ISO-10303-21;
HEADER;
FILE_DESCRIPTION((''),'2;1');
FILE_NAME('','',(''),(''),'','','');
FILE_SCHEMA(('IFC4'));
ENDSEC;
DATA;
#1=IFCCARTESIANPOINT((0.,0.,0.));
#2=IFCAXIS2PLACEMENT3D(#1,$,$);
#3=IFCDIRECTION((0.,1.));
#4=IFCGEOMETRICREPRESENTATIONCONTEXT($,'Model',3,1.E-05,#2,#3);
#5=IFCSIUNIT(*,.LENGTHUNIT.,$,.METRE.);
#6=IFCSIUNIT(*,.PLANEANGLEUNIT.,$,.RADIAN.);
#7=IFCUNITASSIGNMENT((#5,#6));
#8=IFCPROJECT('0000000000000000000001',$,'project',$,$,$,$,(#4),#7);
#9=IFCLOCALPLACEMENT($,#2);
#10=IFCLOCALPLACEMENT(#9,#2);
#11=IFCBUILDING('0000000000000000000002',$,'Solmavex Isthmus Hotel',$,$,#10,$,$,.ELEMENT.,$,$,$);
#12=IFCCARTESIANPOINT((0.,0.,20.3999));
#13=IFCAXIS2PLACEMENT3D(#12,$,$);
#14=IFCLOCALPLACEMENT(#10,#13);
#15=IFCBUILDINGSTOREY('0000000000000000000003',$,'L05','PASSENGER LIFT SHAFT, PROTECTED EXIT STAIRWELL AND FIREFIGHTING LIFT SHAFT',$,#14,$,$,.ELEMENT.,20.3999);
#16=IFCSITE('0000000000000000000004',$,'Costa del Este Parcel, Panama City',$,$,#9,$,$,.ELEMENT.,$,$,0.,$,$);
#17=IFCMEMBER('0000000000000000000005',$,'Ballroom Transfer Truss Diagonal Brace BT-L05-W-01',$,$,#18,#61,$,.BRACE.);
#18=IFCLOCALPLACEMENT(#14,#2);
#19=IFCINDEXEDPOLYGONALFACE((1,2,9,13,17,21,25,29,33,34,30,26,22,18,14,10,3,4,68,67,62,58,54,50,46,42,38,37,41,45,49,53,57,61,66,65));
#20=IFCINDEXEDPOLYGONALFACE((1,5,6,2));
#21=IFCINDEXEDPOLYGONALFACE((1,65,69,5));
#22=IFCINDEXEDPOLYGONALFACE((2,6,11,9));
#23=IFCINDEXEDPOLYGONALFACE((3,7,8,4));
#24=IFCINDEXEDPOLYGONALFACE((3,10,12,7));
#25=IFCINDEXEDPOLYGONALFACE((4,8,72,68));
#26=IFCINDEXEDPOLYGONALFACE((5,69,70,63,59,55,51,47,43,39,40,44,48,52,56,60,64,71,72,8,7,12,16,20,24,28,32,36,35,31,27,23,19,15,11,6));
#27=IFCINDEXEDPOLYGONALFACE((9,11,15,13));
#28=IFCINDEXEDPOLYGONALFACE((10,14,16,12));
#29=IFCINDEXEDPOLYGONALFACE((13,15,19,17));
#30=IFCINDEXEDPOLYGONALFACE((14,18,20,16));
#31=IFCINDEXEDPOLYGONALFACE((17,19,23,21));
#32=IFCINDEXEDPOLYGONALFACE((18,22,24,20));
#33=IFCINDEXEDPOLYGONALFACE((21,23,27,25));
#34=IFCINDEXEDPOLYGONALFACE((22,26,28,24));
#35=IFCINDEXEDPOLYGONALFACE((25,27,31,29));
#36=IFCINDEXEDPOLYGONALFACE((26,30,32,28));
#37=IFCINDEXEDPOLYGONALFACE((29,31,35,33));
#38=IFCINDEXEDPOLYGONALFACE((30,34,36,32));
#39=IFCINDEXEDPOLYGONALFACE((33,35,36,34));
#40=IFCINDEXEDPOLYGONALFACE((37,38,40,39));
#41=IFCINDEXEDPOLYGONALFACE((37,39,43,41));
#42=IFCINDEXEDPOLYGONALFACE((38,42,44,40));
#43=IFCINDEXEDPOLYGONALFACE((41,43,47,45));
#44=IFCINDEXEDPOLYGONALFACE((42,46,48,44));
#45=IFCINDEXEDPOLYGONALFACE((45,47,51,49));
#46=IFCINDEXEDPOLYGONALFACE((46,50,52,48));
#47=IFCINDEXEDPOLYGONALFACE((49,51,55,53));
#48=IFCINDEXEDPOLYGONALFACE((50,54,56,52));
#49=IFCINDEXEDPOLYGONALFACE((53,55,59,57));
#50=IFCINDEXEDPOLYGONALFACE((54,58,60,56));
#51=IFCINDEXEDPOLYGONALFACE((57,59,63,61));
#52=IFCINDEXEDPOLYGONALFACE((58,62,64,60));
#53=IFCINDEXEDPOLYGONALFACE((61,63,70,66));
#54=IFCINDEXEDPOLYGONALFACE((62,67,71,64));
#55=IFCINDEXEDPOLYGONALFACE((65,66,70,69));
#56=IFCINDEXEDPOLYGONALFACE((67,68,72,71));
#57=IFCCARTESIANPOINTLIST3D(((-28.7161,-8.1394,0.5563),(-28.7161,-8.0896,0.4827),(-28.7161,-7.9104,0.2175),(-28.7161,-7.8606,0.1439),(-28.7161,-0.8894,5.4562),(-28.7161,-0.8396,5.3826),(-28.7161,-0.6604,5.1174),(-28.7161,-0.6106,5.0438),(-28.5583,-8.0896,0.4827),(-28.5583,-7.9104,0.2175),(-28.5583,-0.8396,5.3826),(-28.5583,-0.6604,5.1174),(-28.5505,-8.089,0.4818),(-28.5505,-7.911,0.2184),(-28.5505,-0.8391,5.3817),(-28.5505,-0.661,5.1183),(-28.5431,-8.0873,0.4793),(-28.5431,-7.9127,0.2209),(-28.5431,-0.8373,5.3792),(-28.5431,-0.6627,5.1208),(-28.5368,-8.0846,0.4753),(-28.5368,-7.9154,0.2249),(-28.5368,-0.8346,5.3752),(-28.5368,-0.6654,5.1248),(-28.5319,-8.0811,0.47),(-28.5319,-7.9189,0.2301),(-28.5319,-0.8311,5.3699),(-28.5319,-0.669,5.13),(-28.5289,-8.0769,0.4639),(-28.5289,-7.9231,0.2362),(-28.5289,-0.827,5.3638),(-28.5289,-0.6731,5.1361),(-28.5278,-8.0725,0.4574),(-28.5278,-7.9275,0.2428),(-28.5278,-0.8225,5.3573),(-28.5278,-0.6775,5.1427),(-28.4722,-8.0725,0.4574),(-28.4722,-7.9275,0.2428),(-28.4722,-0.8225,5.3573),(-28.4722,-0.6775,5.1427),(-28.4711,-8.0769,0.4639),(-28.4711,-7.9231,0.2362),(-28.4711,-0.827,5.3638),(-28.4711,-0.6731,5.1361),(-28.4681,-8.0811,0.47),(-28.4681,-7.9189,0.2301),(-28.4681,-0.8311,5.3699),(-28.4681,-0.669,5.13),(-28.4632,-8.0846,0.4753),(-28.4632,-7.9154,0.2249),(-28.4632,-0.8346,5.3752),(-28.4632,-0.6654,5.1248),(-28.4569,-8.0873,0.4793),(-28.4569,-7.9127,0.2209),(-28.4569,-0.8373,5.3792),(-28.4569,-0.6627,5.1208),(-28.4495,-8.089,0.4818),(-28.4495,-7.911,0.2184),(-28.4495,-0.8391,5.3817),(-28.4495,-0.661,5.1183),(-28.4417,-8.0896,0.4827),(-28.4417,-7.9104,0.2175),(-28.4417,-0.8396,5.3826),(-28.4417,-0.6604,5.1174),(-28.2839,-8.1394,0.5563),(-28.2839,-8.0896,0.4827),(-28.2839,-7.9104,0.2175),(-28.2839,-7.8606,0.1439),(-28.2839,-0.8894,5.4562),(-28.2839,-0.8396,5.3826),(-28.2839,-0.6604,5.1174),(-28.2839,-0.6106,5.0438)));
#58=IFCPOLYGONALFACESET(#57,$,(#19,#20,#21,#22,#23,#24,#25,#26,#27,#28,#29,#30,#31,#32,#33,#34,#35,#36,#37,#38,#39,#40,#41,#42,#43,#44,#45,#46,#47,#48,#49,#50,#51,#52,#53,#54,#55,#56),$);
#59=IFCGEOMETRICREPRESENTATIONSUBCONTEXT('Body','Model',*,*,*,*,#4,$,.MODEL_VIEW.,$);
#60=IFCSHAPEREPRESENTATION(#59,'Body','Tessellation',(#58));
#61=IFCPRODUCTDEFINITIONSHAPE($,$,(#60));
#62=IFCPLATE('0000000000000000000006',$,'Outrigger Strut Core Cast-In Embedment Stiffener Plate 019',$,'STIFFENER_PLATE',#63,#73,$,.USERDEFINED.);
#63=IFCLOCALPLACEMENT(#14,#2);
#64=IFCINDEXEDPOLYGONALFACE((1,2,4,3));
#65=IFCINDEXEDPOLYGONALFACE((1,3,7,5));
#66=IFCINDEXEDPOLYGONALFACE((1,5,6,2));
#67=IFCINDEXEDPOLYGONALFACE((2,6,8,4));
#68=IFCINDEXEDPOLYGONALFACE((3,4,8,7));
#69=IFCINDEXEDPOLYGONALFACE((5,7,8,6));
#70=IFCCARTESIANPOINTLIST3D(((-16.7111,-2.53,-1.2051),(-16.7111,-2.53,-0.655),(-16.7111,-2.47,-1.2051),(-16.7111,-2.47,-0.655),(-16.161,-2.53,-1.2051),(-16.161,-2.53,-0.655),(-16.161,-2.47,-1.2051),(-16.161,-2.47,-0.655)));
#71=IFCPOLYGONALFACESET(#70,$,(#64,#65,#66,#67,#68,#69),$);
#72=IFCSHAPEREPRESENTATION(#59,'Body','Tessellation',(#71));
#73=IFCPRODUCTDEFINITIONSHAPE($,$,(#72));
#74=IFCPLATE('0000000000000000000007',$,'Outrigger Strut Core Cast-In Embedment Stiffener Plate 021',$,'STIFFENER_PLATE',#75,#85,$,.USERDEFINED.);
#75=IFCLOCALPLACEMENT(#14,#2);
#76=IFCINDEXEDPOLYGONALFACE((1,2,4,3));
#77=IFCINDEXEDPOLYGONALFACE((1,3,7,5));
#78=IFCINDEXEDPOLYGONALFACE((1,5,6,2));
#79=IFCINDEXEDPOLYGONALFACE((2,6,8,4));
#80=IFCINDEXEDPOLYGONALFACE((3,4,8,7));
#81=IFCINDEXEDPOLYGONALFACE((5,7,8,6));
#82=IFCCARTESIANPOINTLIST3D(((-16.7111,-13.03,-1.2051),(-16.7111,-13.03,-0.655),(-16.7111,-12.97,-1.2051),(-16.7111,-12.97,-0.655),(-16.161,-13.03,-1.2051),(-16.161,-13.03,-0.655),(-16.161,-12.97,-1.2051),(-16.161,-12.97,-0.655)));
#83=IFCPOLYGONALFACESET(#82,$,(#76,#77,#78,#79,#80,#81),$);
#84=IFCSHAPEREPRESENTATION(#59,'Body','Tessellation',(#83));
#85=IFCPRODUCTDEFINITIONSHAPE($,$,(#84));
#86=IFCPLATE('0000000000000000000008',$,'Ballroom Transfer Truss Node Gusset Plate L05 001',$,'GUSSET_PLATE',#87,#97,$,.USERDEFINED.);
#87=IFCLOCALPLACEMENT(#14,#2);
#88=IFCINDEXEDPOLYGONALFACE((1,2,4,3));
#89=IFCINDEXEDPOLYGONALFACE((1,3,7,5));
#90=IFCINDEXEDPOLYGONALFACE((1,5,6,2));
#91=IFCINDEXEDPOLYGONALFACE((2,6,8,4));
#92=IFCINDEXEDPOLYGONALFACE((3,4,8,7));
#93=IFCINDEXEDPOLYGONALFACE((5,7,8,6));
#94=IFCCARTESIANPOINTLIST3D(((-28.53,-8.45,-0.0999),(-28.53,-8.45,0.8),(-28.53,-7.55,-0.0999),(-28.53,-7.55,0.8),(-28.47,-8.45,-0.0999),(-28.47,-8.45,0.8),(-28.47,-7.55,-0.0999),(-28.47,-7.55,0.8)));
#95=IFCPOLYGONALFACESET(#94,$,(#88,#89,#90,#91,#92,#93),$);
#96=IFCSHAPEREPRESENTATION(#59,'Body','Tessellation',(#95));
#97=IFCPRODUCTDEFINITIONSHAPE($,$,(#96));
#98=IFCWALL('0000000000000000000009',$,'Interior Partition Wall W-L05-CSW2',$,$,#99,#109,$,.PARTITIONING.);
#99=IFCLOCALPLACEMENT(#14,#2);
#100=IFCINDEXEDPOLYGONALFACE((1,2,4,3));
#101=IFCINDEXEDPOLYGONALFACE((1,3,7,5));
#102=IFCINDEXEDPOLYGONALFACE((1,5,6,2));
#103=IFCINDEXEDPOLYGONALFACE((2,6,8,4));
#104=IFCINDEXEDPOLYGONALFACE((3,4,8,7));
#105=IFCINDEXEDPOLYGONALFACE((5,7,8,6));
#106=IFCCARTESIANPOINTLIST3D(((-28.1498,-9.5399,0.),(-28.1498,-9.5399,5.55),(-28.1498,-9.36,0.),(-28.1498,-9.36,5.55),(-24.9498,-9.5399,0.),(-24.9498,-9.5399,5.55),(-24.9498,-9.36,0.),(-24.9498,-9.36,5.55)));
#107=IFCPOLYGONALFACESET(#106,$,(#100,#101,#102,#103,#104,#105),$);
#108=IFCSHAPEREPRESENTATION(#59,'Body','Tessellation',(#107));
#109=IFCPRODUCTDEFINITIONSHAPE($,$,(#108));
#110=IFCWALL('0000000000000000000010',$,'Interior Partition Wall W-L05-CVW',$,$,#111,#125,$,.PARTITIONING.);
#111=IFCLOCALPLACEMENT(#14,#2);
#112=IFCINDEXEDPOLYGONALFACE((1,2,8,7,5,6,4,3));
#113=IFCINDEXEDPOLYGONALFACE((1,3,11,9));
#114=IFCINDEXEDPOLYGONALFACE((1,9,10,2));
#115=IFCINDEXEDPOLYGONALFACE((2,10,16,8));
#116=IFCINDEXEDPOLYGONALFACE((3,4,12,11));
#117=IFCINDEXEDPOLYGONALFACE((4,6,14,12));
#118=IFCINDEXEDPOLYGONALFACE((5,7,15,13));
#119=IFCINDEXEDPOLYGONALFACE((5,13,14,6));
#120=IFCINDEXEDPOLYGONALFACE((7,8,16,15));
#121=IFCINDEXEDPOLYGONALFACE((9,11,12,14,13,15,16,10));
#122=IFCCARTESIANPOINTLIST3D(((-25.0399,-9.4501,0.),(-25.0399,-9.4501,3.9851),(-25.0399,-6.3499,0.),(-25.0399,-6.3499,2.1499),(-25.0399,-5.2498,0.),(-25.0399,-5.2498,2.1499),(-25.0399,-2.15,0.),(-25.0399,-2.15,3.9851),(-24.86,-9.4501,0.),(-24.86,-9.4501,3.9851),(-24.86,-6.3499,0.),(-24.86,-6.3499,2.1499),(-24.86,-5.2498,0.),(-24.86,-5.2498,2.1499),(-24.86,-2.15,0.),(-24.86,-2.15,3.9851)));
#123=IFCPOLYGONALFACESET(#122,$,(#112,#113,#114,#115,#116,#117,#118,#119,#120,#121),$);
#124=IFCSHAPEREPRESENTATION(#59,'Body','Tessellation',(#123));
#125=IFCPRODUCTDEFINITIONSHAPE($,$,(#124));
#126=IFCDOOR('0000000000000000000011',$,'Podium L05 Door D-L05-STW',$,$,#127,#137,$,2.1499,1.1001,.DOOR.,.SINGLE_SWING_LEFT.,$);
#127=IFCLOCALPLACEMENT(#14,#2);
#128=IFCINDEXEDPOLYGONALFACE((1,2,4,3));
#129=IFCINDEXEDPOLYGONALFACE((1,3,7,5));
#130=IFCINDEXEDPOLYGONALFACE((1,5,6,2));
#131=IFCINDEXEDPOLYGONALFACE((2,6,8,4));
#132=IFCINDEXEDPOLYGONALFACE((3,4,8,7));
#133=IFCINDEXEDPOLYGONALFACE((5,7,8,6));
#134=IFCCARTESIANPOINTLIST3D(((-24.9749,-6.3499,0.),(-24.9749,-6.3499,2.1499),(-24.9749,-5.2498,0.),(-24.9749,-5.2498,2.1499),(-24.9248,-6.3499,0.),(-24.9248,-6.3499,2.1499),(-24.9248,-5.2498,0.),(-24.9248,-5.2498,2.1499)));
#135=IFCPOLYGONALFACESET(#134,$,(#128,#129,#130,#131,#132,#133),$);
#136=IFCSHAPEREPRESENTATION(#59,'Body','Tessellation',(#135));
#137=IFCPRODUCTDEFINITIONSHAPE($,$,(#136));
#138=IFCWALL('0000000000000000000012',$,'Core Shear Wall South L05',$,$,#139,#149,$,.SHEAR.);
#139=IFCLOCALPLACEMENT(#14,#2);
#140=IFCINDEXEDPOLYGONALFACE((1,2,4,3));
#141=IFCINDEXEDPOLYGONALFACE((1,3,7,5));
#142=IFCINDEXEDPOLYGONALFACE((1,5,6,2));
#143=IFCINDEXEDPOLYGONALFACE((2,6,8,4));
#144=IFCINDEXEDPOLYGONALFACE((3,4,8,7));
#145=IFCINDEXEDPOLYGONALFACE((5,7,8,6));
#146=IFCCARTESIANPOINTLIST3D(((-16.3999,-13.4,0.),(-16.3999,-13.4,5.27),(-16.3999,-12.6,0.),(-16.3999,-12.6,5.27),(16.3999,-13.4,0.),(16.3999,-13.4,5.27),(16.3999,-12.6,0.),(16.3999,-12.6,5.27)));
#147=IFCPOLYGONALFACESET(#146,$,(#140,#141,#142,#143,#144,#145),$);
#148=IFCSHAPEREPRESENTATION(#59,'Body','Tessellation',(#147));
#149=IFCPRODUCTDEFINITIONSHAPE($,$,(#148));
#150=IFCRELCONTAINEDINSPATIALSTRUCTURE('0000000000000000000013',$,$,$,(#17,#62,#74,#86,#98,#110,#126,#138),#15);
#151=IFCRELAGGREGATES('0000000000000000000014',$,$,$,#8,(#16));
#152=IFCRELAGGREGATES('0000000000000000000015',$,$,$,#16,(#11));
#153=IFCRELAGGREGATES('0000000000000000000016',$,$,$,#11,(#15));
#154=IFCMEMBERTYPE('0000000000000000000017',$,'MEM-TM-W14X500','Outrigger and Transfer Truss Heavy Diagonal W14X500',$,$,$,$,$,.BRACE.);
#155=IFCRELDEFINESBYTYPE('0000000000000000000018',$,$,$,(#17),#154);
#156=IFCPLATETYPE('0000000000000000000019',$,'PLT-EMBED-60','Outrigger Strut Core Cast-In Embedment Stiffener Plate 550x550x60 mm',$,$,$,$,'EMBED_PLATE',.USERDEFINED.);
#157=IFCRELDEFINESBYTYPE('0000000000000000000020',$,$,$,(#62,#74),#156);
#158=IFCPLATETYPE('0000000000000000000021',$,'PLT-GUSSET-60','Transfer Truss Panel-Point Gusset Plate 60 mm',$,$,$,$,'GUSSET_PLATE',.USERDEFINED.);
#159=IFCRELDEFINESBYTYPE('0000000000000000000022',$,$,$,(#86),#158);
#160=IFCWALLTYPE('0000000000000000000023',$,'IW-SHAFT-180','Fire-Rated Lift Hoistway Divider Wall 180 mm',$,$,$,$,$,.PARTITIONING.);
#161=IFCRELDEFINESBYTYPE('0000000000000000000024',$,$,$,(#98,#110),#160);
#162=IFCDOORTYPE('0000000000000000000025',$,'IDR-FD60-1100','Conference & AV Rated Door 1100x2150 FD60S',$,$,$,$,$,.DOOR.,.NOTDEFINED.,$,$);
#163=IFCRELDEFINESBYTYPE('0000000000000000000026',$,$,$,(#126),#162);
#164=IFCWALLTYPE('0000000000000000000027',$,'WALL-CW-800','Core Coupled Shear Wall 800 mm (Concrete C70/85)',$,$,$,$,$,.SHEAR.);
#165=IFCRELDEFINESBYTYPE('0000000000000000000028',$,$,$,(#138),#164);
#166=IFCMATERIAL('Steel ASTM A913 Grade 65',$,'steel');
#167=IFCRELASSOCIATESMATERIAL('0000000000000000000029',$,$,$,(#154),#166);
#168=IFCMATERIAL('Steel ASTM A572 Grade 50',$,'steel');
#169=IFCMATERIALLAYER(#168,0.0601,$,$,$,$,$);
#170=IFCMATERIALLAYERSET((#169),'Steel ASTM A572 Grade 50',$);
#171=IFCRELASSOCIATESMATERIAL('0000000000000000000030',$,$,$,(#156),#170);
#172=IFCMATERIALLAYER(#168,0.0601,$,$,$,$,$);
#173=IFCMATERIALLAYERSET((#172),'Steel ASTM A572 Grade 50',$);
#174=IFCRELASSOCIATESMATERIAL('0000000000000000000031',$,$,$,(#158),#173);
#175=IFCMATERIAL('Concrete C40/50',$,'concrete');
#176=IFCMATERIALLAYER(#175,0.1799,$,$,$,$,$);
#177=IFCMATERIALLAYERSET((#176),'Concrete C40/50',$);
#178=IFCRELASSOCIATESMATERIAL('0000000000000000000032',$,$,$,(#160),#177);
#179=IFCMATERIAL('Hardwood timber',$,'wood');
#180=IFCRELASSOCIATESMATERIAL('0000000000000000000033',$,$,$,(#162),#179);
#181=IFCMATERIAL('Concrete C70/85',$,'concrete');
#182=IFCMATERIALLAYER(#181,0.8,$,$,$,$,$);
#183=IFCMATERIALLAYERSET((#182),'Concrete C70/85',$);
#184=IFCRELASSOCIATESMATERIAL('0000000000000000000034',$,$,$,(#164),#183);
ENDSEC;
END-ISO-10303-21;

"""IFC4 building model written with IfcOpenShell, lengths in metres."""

from ifc_helpers import new_model, si_unit, direction, frame, frame_2d, origin, origin_2d, place, context, subcontext, project, spatial, rectangle, i_section, extrude, material, layer, layer_set, material_profile, profile_set, type_object, element, fill, save


model = new_model("IFC4")

# Units and contexts
model_context = context("Model", 3, precision=1e-05, world=origin(), true_north=direction((0.0, 1.0)))
body_context = subcontext(model_context, "Body", "Model", "MODEL_VIEW")
ifc_project = project(units=[si_unit("LENGTHUNIT", "METRE"), si_unit("PLANEANGLEUNIT", "RADIAN")], contexts=[model_context])

# Site, building, storey
site_placement = place(None, origin())
site = spatial("IfcSite", under=ifc_project, at=site_placement, Name="Costa del Este Parcel, Panama City", CompositionType="ELEMENT", RefElevation=0.0)
building_placement = place(site_placement, origin())
building = spatial("IfcBuilding", under=site, at=building_placement, Name="Solmavex Isthmus Hotel", CompositionType="ELEMENT")
storey_placement = place(building_placement, frame((0.0, 0.0, 20.3999)))
storey = spatial("IfcBuildingStorey", under=building, at=storey_placement, Name="L05", Description="PASSENGER LIFT SHAFT, PROTECTED EXIT STAIRWELL AND FIREFIGHTING LIFT SHAFT", CompositionType="ELEMENT", Elevation=20.3999)

# Shared definitions
ifc_material_1 = material(Name="Concrete C70/85", Category="concrete")

# Member
ifc_material_2 = material(Name="Steel ASTM A913 Grade 65", Category="steel")
ifc_material_profile_1 = material_profile(ifc_material_2, i_section(OverallWidth=0.4321, OverallDepth=0.4978, WebThickness=0.0557, FlangeThickness=0.0889, FilletRadius=0.0305, at=origin_2d()), Name="W14X500")
ifc_profile_set_1 = profile_set([ifc_material_profile_1], Name="Steel ASTM A913 Grade 65")
member_type_1 = type_object("IfcMemberType", Name="MEM-TM-W14X500", Description="Outrigger and Transfer Truss Heavy Diagonal W14X500", PredefinedType="BRACE", material=ifc_profile_set_1)
member_1_placement = place(storey_placement, frame((-28.5, -8.0, 0.3501), z_axis=(0.0, 0.828523, 0.559956), x_axis=(-1.0, 0.0, 0.0)))
element("IfcMember", 1, at=member_1_placement, inside=storey, type_object=member_type_1, Name="Ballroom Transfer Truss Diagonal Brace BT-L05-W-01", PredefinedType="BRACE", context=body_context, shape_type="SweptSolid", body=[
    extrude(i_section(OverallWidth=0.4321, OverallDepth=0.4978, WebThickness=0.0557, FlangeThickness=0.0889, FilletRadius=0.0305, at=origin_2d()), origin(), (0.0, 0.0, 1.0), 8.7505),
])

# Plates
ifc_material_3 = material(Name="Steel ASTM A572 Grade 50", Category="steel")
ifc_layer_1 = layer(ifc_material_3, 0.0601)
ifc_layer_set_1 = layer_set([ifc_layer_1], Name="Steel ASTM A572 Grade 50")
plate_type_1 = type_object("IfcPlateType", Name="PLT-EMBED-60", Description="Outrigger Strut Core Cast-In Embedment Stiffener Plate 550x550x60 mm", ElementType="EMBED_PLATE", PredefinedType="USERDEFINED", material=ifc_layer_set_1)
for number, where, z_axis, x_axis, name in (
    (2, (-16.436, -2.5, -1.2051), (0.0, 0.0, 1.0), (1.0, 0.0, 0.0), "Outrigger Strut Core Cast-In Embedment Stiffener Plate 019"),
    (3, (-16.436, -13.0, -1.2051), (0.0, 0.0, 1.0), (1.0, 0.0, 0.0), "Outrigger Strut Core Cast-In Embedment Stiffener Plate 021"),
):
    element("IfcPlate", number, at=place(storey_placement, frame(where, z_axis=z_axis, x_axis=x_axis)), inside=storey, type_object=plate_type_1, Name=name, ObjectType="STIFFENER_PLATE", PredefinedType="USERDEFINED", context=body_context, shape_type="SweptSolid", body=[
        extrude(rectangle(XDim=0.55, YDim=0.0601, at=origin_2d()), origin(), (0.0, 0.0, 1.0), 0.55),
    ])
ifc_layer_2 = layer(ifc_material_3, 0.0601)
ifc_layer_set_2 = layer_set([ifc_layer_2], Name="Steel ASTM A572 Grade 50")
plate_type_2 = type_object("IfcPlateType", Name="PLT-GUSSET-60", Description="Transfer Truss Panel-Point Gusset Plate 60 mm", ElementType="GUSSET_PLATE", PredefinedType="USERDEFINED", material=ifc_layer_set_2)
plate_placement = place(storey_placement, frame((-28.5, -8.0, -0.0999), z_axis=(0.0, 0.0, 1.0), x_axis=(0.0, 1.0, 0.0)))
element("IfcPlate", 4, at=plate_placement, inside=storey, type_object=plate_type_2, Name="Ballroom Transfer Truss Node Gusset Plate L05 001", ObjectType="GUSSET_PLATE", PredefinedType="USERDEFINED", context=body_context, shape_type="SweptSolid", body=[
    extrude(rectangle(XDim=0.8999, YDim=0.0601, at=origin_2d()), origin(), (0.0, 0.0, 1.0), 0.8999),
])

# Wall
ifc_material_4 = material(Name="Concrete C40/50", Category="concrete")
ifc_layer_3 = layer(ifc_material_4, 0.1799)
ifc_layer_set_3 = layer_set([ifc_layer_3], Name="Concrete C40/50")
wall_type_1 = type_object("IfcWallType", Name="IW-SHAFT-180", Description="Fire-Rated Lift Hoistway Divider Wall 180 mm", PredefinedType="PARTITIONING", material=ifc_layer_set_3)
wall_1_placement = place(storey_placement, frame((-28.1499, -9.45, 0.0), z_axis=(0.0, 0.0, 1.0), x_axis=(1.0, 0.0, 0.0)))
element("IfcWall", 5, at=wall_1_placement, inside=storey, type_object=wall_type_1, Name="Interior Partition Wall W-L05-CSW2", PredefinedType="PARTITIONING", context=body_context, shape_type="SweptSolid", body=[
    extrude(rectangle(XDim=3.2, YDim=0.1799, at=frame_2d((1.6001, 0.0))), origin(), (0.0, 0.0, 1.0), 5.55),
])

# Wall, opening, door
wall_2_placement = place(storey_placement, frame((-24.95, -9.45, 0.0), z_axis=(0.0, 0.0, 1.0), x_axis=(0.0, 1.0, 0.0)))
wall_2 = element("IfcWall", 6, at=wall_2_placement, inside=storey, type_object=wall_type_1, Name="Interior Partition Wall W-L05-CVW", PredefinedType="PARTITIONING", context=body_context, shape_type="SweptSolid", body=[
    extrude(rectangle(XDim=7.3, YDim=0.1799, at=frame_2d((3.6499, 0.0))), origin(), (0.0, 0.0, 1.0), 3.9851),
])
opening_1_placement = place(wall_2_placement, frame((3.1001, 0.0, 0.0)))
opening_1 = element("IfcOpeningElement", 7, at=opening_1_placement, cuts=wall_2, PredefinedType="OPENING", context=body_context, shape_type="SweptSolid", body=[
    extrude(rectangle(XDim=1.1001, YDim=2.1499, at=frame_2d((0.55, 1.075))), frame((0.0, 0.0999, 0.0), z_axis=(0.0, -1.0, 0.0), x_axis=(1.0, 0.0, 0.0)), (0.0, 0.0, 1.0), 0.2),
])
ifc_material_5 = material(Name="Hardwood timber", Category="wood")
door_type_1 = type_object("IfcDoorType", Name="IDR-FD60-1100", Description="Conference & AV Rated Door 1100x2150 FD60S", OperationType="NOTDEFINED", PredefinedType="DOOR", material=ifc_material_5)
door_1_placement = place(opening_1_placement, origin())
door_1 = element("IfcDoor", 8, at=door_1_placement, inside=storey, type_object=door_type_1, Name="Podium L05 Door D-L05-STW", OperationType="SINGLE_SWING_LEFT", OverallHeight=2.1499, OverallWidth=1.1001, PredefinedType="DOOR", context=body_context, shape_type="SweptSolid", body=[
    extrude(rectangle(XDim=1.1001, YDim=2.1499, at=frame_2d((0.55, 1.075))), frame((0.0, 0.0249, 0.0), z_axis=(0.0, -1.0, 0.0), x_axis=(1.0, 0.0, 0.0)), (0.0, 0.0, 1.0), 0.05),
])
fill(opening_1, door_1)

# Wall
ifc_layer_4 = layer(ifc_material_1, 0.8)
ifc_layer_set_4 = layer_set([ifc_layer_4], Name="Concrete C70/85")
wall_type_2 = type_object("IfcWallType", Name="WALL-CW-800", Description="Core Coupled Shear Wall 800 mm (Concrete C70/85)", PredefinedType="SHEAR", material=ifc_layer_set_4)
wall_3_placement = place(storey_placement, frame((-16.3999, -13.0, 0.0), z_axis=(0.0, 0.0, 1.0), x_axis=(1.0, 0.0, 0.0)))
element("IfcWall", 9, at=wall_3_placement, inside=storey, type_object=wall_type_2, Name="Core Shear Wall South L05", PredefinedType="SHEAR", context=body_context, shape_type="SweptSolid", body=[
    extrude(rectangle(XDim=32.7998, YDim=0.8, at=frame_2d((16.3999, 0.0))), origin(), (0.0, 0.0, 1.0), 5.27),
])

save(model, "model.ifc")
